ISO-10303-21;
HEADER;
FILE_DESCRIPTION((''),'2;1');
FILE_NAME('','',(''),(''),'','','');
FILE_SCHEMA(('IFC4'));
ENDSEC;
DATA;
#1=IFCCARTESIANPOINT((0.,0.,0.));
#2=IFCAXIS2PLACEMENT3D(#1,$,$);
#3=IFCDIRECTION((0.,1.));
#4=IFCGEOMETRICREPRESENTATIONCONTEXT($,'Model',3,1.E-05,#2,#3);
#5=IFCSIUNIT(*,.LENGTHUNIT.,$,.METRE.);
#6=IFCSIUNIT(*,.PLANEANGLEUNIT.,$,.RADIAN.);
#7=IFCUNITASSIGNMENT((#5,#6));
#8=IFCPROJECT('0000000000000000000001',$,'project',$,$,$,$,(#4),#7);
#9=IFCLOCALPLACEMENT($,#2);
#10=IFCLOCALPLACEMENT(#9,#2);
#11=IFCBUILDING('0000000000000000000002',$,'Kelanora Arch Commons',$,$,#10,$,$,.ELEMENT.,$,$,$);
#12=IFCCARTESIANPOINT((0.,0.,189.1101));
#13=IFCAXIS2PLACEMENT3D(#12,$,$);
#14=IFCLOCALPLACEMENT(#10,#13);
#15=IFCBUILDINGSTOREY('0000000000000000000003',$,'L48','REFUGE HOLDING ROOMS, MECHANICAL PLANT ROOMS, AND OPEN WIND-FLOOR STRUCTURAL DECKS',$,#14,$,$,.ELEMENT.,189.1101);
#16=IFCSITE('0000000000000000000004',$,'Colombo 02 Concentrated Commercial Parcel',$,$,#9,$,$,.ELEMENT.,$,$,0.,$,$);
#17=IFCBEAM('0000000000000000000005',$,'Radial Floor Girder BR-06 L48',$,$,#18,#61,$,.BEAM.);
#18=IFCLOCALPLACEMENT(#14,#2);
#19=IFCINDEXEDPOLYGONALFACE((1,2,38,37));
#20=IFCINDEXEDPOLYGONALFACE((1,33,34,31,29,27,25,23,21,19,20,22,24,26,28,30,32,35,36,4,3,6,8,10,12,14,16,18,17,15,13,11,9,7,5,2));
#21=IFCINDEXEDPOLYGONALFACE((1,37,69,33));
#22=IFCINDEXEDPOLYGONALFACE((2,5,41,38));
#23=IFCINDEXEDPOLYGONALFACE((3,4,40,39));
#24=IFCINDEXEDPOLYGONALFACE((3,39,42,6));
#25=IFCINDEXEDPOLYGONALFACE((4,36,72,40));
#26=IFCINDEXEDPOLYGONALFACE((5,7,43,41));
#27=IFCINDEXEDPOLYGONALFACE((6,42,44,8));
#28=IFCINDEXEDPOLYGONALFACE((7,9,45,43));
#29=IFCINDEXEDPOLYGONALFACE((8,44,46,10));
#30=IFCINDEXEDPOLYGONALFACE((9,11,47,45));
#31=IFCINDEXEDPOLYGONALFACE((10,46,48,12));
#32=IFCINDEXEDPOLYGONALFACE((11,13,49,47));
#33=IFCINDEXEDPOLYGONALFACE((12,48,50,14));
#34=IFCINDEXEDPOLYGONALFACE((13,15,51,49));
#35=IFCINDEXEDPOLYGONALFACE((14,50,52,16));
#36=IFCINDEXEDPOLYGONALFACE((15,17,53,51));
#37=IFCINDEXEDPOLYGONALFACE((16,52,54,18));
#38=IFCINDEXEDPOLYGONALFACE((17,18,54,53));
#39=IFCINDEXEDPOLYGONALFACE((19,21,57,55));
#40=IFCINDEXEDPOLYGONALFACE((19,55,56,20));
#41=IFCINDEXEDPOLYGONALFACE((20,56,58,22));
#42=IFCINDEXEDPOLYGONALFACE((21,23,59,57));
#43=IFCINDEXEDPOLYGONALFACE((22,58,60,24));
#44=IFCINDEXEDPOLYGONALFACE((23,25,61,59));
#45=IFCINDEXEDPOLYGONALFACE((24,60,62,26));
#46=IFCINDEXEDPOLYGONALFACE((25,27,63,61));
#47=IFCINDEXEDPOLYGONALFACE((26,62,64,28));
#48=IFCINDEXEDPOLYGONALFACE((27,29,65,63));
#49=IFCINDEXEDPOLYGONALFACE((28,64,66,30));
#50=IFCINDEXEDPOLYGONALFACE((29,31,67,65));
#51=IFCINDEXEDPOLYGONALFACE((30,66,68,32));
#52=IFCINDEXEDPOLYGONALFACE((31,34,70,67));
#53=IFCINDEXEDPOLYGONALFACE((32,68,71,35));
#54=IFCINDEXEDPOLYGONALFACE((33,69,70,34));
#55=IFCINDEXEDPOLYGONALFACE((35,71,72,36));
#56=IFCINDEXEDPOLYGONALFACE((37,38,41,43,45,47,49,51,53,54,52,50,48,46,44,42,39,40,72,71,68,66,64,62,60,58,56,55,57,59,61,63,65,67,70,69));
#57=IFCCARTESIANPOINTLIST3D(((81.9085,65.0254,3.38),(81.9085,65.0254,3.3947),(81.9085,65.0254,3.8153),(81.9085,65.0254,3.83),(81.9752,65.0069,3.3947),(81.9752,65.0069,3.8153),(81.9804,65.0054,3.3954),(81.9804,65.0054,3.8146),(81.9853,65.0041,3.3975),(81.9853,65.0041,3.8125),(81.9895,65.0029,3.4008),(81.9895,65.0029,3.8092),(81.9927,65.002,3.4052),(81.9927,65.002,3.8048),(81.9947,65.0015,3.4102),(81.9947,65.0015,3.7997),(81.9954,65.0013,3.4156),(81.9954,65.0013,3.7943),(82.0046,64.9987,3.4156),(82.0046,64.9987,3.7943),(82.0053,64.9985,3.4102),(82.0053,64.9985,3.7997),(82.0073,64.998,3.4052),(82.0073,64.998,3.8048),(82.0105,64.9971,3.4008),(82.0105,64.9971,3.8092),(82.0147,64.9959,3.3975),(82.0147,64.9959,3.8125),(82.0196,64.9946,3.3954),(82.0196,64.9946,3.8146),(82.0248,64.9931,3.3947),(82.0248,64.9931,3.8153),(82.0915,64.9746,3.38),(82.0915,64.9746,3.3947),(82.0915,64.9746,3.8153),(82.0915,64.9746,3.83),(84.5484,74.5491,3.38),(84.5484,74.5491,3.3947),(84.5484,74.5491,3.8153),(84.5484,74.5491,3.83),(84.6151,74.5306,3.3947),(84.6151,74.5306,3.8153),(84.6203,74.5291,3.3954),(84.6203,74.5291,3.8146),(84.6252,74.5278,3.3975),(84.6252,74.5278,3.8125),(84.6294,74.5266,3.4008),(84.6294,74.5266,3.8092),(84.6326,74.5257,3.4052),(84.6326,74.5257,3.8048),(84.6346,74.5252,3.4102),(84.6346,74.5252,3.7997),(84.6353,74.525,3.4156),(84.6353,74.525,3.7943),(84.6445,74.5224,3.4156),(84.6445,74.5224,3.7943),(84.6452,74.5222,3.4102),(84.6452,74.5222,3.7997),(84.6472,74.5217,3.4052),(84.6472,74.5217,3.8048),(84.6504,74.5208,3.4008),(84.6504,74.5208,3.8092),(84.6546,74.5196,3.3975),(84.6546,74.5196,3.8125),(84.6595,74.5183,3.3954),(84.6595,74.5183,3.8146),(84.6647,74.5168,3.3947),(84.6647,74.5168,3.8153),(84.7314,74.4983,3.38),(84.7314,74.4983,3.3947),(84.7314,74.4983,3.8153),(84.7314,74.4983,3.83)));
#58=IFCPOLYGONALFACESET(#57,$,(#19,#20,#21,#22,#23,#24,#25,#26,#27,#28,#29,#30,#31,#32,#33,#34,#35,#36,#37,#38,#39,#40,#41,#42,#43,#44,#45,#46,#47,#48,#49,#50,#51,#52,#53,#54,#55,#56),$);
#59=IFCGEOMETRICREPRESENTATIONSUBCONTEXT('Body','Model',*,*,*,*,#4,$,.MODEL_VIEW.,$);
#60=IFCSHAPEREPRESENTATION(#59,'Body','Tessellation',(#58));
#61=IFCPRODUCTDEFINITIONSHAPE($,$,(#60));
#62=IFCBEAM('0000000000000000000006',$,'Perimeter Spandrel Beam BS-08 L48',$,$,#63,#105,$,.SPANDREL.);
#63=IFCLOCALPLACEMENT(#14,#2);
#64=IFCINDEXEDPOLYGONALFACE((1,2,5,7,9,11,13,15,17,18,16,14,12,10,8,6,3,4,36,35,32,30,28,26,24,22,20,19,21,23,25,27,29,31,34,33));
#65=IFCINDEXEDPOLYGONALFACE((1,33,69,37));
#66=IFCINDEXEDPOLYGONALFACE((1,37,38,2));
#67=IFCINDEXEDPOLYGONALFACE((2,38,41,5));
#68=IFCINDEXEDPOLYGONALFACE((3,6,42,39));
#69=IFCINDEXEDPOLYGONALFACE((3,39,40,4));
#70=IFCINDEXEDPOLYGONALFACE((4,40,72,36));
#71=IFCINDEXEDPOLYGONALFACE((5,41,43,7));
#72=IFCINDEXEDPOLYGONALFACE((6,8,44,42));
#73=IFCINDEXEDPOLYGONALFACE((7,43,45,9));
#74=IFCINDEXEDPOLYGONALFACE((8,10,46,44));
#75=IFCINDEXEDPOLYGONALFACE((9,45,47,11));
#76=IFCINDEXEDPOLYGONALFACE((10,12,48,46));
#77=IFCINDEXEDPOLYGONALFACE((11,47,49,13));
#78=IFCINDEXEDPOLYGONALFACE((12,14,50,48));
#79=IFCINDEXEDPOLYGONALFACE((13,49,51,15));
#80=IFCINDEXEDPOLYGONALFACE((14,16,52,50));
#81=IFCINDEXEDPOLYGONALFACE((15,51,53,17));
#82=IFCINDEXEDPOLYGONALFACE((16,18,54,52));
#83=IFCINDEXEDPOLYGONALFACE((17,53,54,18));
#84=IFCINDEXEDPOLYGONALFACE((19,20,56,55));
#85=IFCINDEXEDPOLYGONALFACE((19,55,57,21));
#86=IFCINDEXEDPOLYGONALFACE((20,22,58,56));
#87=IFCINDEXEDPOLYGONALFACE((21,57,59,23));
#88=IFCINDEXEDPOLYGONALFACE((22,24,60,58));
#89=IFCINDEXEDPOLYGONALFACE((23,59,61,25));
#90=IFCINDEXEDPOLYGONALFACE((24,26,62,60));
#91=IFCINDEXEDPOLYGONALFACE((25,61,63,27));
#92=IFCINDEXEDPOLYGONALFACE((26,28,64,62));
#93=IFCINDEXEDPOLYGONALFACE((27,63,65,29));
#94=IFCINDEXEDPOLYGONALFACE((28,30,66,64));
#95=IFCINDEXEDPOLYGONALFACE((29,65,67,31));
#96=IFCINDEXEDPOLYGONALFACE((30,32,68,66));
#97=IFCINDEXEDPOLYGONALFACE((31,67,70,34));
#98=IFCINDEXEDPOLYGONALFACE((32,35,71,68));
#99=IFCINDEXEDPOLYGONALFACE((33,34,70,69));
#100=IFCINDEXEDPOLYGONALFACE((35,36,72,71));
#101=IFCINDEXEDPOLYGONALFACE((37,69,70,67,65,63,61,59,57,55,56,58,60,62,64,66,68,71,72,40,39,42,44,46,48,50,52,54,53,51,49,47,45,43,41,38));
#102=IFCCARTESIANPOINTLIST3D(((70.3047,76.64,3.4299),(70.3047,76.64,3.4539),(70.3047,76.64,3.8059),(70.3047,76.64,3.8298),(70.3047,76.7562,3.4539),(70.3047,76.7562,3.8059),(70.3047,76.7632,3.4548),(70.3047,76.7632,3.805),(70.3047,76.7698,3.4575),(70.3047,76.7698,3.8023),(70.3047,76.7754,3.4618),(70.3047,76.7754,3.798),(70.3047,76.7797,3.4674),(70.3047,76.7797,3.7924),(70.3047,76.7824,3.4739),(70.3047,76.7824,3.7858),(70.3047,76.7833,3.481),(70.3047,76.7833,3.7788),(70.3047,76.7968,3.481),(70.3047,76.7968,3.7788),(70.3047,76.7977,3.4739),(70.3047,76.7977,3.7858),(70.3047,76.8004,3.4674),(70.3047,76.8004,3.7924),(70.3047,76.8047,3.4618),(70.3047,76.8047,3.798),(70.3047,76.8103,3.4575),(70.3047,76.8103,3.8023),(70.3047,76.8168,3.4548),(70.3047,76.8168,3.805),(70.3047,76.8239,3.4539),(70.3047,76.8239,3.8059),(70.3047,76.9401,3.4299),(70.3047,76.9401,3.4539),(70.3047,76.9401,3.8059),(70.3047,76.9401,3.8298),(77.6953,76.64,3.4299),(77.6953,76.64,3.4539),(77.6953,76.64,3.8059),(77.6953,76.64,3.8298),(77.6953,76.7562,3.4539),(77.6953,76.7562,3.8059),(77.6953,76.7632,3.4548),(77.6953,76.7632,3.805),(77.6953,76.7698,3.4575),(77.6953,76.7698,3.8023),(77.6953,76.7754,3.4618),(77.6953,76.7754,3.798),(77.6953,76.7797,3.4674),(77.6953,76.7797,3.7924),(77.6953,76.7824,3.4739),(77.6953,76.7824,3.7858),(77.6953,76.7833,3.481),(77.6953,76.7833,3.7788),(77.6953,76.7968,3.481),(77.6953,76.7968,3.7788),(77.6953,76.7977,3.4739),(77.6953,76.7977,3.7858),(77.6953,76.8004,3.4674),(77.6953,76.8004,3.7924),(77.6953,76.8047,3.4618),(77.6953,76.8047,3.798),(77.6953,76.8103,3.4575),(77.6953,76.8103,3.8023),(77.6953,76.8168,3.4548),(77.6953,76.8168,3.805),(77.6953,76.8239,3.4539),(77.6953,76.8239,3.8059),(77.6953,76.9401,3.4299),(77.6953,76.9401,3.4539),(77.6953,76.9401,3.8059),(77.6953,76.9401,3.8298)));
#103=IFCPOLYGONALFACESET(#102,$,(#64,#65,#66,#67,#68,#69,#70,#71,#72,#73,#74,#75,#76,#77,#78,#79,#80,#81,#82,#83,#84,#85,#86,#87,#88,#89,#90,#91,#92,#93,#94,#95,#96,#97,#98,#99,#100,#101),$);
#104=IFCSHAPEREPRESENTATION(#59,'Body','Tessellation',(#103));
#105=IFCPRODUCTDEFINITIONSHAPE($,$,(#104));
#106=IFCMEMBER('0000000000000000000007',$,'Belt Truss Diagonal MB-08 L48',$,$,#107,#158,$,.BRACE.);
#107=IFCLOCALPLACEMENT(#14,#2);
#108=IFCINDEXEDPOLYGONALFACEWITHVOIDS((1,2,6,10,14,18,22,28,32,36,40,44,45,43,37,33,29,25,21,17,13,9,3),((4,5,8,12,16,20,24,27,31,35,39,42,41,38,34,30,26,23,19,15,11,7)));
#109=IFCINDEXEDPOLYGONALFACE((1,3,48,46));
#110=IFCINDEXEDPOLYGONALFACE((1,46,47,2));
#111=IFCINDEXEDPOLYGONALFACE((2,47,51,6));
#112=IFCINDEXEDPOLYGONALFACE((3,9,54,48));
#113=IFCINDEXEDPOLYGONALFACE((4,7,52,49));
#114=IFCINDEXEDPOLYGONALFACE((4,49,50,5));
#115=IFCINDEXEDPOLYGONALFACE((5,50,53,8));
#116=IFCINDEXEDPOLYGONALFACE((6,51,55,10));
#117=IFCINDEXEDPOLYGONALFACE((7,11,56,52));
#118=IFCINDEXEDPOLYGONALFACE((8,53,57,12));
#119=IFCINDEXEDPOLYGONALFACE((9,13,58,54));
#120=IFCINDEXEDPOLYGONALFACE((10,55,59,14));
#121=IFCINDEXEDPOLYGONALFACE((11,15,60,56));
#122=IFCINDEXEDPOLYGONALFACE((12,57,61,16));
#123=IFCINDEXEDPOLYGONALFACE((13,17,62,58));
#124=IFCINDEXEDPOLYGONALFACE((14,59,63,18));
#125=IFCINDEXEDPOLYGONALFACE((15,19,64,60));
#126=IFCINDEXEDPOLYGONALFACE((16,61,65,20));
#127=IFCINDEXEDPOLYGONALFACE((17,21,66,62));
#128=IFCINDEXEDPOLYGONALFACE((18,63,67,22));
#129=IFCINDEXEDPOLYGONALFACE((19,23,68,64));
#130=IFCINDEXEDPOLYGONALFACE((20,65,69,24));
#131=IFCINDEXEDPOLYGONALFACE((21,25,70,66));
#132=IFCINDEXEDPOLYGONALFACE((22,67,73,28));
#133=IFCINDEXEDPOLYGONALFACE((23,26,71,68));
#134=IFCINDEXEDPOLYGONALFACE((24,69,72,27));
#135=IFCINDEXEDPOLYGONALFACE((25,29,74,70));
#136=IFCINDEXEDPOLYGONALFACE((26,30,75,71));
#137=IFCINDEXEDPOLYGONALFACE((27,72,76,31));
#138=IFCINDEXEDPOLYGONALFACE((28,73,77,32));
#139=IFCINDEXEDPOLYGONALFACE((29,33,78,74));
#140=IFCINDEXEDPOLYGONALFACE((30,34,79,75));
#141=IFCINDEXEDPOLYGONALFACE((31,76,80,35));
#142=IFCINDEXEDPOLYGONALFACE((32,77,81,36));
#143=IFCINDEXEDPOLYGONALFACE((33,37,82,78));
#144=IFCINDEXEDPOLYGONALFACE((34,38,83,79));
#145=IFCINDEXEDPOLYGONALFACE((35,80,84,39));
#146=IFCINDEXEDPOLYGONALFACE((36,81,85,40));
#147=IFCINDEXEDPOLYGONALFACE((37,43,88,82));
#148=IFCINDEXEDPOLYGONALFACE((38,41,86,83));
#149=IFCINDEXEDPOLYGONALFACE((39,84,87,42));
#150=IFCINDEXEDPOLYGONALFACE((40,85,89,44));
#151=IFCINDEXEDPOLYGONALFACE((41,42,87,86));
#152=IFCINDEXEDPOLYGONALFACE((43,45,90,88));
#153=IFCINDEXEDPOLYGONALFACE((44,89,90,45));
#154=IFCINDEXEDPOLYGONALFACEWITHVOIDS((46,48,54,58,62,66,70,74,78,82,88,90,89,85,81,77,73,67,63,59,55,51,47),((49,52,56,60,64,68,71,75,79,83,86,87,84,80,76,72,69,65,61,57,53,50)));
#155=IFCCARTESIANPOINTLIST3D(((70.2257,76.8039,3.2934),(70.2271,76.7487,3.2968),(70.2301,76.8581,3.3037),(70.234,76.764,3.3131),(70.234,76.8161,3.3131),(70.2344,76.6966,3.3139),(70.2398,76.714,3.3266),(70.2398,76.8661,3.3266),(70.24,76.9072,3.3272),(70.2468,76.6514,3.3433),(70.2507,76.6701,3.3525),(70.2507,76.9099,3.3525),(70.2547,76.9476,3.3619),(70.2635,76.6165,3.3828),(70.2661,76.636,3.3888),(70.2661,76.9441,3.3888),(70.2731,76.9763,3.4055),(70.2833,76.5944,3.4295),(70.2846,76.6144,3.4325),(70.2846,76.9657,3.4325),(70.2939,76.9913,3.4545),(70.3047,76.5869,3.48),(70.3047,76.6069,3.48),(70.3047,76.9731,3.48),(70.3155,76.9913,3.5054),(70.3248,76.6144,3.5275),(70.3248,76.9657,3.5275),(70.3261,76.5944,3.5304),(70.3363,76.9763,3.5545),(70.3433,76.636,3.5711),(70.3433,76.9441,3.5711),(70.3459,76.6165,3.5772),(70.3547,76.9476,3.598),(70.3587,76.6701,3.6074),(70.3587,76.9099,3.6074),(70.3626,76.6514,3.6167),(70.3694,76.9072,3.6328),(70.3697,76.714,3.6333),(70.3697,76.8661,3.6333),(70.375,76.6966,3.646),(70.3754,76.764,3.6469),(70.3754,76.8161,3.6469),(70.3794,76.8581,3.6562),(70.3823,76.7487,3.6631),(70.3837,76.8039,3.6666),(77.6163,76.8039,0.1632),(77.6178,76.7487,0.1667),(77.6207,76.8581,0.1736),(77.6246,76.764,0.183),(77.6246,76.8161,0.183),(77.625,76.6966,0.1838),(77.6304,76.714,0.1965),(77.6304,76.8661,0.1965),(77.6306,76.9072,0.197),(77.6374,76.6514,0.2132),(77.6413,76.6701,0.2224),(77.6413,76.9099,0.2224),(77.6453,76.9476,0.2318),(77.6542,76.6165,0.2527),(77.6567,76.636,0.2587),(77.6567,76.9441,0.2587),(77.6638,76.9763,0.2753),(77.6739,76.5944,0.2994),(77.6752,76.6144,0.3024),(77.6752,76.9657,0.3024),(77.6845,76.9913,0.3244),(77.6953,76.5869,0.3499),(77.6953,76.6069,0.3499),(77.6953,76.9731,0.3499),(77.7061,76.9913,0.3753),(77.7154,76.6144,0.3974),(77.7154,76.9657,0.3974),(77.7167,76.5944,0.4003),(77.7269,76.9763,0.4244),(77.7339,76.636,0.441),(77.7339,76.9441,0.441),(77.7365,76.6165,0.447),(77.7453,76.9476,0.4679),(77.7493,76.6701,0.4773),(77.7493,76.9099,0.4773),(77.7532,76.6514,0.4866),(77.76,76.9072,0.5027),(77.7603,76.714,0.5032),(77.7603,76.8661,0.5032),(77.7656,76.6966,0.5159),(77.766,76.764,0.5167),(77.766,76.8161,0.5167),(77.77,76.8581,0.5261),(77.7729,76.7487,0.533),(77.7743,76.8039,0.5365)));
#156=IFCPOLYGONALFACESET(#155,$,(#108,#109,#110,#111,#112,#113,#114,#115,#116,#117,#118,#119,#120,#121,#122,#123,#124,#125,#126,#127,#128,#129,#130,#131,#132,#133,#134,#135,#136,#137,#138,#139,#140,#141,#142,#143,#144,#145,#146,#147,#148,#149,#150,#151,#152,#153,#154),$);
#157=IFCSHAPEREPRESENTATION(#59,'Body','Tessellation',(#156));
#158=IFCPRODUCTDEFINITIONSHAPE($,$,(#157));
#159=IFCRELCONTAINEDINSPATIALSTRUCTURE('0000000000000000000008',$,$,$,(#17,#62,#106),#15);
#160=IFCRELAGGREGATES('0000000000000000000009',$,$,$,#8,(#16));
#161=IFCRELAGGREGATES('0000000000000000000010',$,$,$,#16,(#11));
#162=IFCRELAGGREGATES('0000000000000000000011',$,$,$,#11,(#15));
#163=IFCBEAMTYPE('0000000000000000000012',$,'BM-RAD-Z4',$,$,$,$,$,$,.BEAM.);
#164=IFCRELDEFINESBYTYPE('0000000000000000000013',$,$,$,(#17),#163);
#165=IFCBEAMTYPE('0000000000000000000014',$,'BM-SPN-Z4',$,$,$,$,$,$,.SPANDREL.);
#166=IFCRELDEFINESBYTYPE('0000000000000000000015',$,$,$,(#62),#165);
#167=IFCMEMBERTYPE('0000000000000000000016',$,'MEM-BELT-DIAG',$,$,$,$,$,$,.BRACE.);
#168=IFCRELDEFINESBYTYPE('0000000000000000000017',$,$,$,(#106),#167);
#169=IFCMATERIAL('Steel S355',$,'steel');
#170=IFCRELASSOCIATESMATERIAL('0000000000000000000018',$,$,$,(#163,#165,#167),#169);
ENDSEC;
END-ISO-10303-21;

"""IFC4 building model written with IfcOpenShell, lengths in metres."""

from ifc_helpers import new_model, si_unit, direction, frame, origin, origin_2d, place, context, subcontext, project, spatial, hollow_circle, i_section, extrude, material, material_profile, profile_set, type_object, element, save


model = new_model("IFC4")

# Units and contexts
model_context = context("Model", 3, precision=1e-05, world=origin(), true_north=direction((0.0, 1.0)))
body_context = subcontext(model_context, "Body", "Model", "MODEL_VIEW")
ifc_project = project(units=[si_unit("LENGTHUNIT", "METRE"), si_unit("PLANEANGLEUNIT", "RADIAN")], contexts=[model_context])

# Site, building, storey
site_placement = place(None, origin())
site = spatial("IfcSite", under=ifc_project, at=site_placement, Name="Colombo 02 Concentrated Commercial Parcel", CompositionType="ELEMENT", RefElevation=0.0)
building_placement = place(site_placement, origin())
building = spatial("IfcBuilding", under=site, at=building_placement, Name="Kelanora Arch Commons", CompositionType="ELEMENT")
storey_placement = place(building_placement, frame((0.0, 0.0, 189.1101)))
storey = spatial("IfcBuildingStorey", under=building, at=storey_placement, Name="L48", Description="REFUGE HOLDING ROOMS, MECHANICAL PLANT ROOMS, AND OPEN WIND-FLOOR STRUCTURAL DECKS", CompositionType="ELEMENT", Elevation=189.1101)

# Beams
ifc_material_1 = material(Name="Steel S355", Category="steel")
ifc_material_profile_1 = material_profile(ifc_material_1, i_section(OverallWidth=0.1899, OverallDepth=0.45, WebThickness=0.0095, FlangeThickness=0.0146, FilletRadius=0.021, at=origin_2d()), Name="IPE450")
ifc_profile_set_1 = profile_set([ifc_material_profile_1], Name="Steel S355")
beam_type_1 = type_object("IfcBeamType", Name="BM-RAD-Z4", PredefinedType="BEAM", material=ifc_profile_set_1)
beam_1_placement = place(storey_placement, frame((82.0, 65.0, 3.605), z_axis=(0.26712, 0.963663, 0.0), x_axis=(-0.963663, 0.26712, 0.0)))
element("IfcBeam", 1, at=beam_1_placement, inside=storey, type_object=beam_type_1, Name="Radial Floor Girder BR-06 L48", PredefinedType="BEAM", context=body_context, shape_type="SweptSolid", body=[
    extrude(i_section(OverallWidth=0.1899, OverallDepth=0.45, WebThickness=0.0095, FlangeThickness=0.0146, FilletRadius=0.021, at=origin_2d()), origin(), (0.0, 0.0, 1.0), 9.8828),
])
ifc_material_profile_2 = material_profile(ifc_material_1, i_section(OverallWidth=0.3, OverallDepth=0.3999, WebThickness=0.0134, FlangeThickness=0.0239, FilletRadius=0.0271, at=origin_2d()), Name="HEB400")
ifc_profile_set_2 = profile_set([ifc_material_profile_2], Name="Steel S355")
beam_type_2 = type_object("IfcBeamType", Name="BM-SPN-Z4", PredefinedType="SPANDREL", material=ifc_profile_set_2)
beam_2_placement = place(storey_placement, frame((77.6953, 76.79, 3.6299), z_axis=(-1.0, 0.0, 0.0), x_axis=(0.0, -1.0, 0.0)))
element("IfcBeam", 2, at=beam_2_placement, inside=storey, type_object=beam_type_2, Name="Perimeter Spandrel Beam BS-08 L48", PredefinedType="SPANDREL", context=body_context, shape_type="SweptSolid", body=[
    extrude(i_section(OverallWidth=0.3, OverallDepth=0.3999, WebThickness=0.0134, FlangeThickness=0.0239, FilletRadius=0.0271, at=origin_2d()), origin(), (0.0, 0.0, 1.0), 7.3906),
])

# Member
ifc_material_profile_3 = material_profile(ifc_material_1, hollow_circle(Radius=0.2031, WallThickness=0.02, at=origin_2d()), Name="CHS406.4x20")
ifc_profile_set_3 = profile_set([ifc_material_profile_3], Name="Steel S355")
member_type_1 = type_object("IfcMemberType", Name="MEM-BELT-DIAG", PredefinedType="BRACE", material=ifc_profile_set_3)
member_1_placement = place(storey_placement, frame((77.6953, 76.79, 0.3499), z_axis=(-0.920819, 0.0, 0.389991), x_axis=(0.0, -1.0, 0.0)))
element("IfcMember", 3, at=member_1_placement, inside=storey, type_object=member_type_1, Name="Belt Truss Diagonal MB-08 L48", PredefinedType="BRACE", context=body_context, shape_type="SweptSolid", body=[
    extrude(hollow_circle(Radius=0.2031, WallThickness=0.02, at=origin_2d()), origin(), (0.0, 0.0, 1.0), 8.0261),
])

save(model, "model.ifc")
